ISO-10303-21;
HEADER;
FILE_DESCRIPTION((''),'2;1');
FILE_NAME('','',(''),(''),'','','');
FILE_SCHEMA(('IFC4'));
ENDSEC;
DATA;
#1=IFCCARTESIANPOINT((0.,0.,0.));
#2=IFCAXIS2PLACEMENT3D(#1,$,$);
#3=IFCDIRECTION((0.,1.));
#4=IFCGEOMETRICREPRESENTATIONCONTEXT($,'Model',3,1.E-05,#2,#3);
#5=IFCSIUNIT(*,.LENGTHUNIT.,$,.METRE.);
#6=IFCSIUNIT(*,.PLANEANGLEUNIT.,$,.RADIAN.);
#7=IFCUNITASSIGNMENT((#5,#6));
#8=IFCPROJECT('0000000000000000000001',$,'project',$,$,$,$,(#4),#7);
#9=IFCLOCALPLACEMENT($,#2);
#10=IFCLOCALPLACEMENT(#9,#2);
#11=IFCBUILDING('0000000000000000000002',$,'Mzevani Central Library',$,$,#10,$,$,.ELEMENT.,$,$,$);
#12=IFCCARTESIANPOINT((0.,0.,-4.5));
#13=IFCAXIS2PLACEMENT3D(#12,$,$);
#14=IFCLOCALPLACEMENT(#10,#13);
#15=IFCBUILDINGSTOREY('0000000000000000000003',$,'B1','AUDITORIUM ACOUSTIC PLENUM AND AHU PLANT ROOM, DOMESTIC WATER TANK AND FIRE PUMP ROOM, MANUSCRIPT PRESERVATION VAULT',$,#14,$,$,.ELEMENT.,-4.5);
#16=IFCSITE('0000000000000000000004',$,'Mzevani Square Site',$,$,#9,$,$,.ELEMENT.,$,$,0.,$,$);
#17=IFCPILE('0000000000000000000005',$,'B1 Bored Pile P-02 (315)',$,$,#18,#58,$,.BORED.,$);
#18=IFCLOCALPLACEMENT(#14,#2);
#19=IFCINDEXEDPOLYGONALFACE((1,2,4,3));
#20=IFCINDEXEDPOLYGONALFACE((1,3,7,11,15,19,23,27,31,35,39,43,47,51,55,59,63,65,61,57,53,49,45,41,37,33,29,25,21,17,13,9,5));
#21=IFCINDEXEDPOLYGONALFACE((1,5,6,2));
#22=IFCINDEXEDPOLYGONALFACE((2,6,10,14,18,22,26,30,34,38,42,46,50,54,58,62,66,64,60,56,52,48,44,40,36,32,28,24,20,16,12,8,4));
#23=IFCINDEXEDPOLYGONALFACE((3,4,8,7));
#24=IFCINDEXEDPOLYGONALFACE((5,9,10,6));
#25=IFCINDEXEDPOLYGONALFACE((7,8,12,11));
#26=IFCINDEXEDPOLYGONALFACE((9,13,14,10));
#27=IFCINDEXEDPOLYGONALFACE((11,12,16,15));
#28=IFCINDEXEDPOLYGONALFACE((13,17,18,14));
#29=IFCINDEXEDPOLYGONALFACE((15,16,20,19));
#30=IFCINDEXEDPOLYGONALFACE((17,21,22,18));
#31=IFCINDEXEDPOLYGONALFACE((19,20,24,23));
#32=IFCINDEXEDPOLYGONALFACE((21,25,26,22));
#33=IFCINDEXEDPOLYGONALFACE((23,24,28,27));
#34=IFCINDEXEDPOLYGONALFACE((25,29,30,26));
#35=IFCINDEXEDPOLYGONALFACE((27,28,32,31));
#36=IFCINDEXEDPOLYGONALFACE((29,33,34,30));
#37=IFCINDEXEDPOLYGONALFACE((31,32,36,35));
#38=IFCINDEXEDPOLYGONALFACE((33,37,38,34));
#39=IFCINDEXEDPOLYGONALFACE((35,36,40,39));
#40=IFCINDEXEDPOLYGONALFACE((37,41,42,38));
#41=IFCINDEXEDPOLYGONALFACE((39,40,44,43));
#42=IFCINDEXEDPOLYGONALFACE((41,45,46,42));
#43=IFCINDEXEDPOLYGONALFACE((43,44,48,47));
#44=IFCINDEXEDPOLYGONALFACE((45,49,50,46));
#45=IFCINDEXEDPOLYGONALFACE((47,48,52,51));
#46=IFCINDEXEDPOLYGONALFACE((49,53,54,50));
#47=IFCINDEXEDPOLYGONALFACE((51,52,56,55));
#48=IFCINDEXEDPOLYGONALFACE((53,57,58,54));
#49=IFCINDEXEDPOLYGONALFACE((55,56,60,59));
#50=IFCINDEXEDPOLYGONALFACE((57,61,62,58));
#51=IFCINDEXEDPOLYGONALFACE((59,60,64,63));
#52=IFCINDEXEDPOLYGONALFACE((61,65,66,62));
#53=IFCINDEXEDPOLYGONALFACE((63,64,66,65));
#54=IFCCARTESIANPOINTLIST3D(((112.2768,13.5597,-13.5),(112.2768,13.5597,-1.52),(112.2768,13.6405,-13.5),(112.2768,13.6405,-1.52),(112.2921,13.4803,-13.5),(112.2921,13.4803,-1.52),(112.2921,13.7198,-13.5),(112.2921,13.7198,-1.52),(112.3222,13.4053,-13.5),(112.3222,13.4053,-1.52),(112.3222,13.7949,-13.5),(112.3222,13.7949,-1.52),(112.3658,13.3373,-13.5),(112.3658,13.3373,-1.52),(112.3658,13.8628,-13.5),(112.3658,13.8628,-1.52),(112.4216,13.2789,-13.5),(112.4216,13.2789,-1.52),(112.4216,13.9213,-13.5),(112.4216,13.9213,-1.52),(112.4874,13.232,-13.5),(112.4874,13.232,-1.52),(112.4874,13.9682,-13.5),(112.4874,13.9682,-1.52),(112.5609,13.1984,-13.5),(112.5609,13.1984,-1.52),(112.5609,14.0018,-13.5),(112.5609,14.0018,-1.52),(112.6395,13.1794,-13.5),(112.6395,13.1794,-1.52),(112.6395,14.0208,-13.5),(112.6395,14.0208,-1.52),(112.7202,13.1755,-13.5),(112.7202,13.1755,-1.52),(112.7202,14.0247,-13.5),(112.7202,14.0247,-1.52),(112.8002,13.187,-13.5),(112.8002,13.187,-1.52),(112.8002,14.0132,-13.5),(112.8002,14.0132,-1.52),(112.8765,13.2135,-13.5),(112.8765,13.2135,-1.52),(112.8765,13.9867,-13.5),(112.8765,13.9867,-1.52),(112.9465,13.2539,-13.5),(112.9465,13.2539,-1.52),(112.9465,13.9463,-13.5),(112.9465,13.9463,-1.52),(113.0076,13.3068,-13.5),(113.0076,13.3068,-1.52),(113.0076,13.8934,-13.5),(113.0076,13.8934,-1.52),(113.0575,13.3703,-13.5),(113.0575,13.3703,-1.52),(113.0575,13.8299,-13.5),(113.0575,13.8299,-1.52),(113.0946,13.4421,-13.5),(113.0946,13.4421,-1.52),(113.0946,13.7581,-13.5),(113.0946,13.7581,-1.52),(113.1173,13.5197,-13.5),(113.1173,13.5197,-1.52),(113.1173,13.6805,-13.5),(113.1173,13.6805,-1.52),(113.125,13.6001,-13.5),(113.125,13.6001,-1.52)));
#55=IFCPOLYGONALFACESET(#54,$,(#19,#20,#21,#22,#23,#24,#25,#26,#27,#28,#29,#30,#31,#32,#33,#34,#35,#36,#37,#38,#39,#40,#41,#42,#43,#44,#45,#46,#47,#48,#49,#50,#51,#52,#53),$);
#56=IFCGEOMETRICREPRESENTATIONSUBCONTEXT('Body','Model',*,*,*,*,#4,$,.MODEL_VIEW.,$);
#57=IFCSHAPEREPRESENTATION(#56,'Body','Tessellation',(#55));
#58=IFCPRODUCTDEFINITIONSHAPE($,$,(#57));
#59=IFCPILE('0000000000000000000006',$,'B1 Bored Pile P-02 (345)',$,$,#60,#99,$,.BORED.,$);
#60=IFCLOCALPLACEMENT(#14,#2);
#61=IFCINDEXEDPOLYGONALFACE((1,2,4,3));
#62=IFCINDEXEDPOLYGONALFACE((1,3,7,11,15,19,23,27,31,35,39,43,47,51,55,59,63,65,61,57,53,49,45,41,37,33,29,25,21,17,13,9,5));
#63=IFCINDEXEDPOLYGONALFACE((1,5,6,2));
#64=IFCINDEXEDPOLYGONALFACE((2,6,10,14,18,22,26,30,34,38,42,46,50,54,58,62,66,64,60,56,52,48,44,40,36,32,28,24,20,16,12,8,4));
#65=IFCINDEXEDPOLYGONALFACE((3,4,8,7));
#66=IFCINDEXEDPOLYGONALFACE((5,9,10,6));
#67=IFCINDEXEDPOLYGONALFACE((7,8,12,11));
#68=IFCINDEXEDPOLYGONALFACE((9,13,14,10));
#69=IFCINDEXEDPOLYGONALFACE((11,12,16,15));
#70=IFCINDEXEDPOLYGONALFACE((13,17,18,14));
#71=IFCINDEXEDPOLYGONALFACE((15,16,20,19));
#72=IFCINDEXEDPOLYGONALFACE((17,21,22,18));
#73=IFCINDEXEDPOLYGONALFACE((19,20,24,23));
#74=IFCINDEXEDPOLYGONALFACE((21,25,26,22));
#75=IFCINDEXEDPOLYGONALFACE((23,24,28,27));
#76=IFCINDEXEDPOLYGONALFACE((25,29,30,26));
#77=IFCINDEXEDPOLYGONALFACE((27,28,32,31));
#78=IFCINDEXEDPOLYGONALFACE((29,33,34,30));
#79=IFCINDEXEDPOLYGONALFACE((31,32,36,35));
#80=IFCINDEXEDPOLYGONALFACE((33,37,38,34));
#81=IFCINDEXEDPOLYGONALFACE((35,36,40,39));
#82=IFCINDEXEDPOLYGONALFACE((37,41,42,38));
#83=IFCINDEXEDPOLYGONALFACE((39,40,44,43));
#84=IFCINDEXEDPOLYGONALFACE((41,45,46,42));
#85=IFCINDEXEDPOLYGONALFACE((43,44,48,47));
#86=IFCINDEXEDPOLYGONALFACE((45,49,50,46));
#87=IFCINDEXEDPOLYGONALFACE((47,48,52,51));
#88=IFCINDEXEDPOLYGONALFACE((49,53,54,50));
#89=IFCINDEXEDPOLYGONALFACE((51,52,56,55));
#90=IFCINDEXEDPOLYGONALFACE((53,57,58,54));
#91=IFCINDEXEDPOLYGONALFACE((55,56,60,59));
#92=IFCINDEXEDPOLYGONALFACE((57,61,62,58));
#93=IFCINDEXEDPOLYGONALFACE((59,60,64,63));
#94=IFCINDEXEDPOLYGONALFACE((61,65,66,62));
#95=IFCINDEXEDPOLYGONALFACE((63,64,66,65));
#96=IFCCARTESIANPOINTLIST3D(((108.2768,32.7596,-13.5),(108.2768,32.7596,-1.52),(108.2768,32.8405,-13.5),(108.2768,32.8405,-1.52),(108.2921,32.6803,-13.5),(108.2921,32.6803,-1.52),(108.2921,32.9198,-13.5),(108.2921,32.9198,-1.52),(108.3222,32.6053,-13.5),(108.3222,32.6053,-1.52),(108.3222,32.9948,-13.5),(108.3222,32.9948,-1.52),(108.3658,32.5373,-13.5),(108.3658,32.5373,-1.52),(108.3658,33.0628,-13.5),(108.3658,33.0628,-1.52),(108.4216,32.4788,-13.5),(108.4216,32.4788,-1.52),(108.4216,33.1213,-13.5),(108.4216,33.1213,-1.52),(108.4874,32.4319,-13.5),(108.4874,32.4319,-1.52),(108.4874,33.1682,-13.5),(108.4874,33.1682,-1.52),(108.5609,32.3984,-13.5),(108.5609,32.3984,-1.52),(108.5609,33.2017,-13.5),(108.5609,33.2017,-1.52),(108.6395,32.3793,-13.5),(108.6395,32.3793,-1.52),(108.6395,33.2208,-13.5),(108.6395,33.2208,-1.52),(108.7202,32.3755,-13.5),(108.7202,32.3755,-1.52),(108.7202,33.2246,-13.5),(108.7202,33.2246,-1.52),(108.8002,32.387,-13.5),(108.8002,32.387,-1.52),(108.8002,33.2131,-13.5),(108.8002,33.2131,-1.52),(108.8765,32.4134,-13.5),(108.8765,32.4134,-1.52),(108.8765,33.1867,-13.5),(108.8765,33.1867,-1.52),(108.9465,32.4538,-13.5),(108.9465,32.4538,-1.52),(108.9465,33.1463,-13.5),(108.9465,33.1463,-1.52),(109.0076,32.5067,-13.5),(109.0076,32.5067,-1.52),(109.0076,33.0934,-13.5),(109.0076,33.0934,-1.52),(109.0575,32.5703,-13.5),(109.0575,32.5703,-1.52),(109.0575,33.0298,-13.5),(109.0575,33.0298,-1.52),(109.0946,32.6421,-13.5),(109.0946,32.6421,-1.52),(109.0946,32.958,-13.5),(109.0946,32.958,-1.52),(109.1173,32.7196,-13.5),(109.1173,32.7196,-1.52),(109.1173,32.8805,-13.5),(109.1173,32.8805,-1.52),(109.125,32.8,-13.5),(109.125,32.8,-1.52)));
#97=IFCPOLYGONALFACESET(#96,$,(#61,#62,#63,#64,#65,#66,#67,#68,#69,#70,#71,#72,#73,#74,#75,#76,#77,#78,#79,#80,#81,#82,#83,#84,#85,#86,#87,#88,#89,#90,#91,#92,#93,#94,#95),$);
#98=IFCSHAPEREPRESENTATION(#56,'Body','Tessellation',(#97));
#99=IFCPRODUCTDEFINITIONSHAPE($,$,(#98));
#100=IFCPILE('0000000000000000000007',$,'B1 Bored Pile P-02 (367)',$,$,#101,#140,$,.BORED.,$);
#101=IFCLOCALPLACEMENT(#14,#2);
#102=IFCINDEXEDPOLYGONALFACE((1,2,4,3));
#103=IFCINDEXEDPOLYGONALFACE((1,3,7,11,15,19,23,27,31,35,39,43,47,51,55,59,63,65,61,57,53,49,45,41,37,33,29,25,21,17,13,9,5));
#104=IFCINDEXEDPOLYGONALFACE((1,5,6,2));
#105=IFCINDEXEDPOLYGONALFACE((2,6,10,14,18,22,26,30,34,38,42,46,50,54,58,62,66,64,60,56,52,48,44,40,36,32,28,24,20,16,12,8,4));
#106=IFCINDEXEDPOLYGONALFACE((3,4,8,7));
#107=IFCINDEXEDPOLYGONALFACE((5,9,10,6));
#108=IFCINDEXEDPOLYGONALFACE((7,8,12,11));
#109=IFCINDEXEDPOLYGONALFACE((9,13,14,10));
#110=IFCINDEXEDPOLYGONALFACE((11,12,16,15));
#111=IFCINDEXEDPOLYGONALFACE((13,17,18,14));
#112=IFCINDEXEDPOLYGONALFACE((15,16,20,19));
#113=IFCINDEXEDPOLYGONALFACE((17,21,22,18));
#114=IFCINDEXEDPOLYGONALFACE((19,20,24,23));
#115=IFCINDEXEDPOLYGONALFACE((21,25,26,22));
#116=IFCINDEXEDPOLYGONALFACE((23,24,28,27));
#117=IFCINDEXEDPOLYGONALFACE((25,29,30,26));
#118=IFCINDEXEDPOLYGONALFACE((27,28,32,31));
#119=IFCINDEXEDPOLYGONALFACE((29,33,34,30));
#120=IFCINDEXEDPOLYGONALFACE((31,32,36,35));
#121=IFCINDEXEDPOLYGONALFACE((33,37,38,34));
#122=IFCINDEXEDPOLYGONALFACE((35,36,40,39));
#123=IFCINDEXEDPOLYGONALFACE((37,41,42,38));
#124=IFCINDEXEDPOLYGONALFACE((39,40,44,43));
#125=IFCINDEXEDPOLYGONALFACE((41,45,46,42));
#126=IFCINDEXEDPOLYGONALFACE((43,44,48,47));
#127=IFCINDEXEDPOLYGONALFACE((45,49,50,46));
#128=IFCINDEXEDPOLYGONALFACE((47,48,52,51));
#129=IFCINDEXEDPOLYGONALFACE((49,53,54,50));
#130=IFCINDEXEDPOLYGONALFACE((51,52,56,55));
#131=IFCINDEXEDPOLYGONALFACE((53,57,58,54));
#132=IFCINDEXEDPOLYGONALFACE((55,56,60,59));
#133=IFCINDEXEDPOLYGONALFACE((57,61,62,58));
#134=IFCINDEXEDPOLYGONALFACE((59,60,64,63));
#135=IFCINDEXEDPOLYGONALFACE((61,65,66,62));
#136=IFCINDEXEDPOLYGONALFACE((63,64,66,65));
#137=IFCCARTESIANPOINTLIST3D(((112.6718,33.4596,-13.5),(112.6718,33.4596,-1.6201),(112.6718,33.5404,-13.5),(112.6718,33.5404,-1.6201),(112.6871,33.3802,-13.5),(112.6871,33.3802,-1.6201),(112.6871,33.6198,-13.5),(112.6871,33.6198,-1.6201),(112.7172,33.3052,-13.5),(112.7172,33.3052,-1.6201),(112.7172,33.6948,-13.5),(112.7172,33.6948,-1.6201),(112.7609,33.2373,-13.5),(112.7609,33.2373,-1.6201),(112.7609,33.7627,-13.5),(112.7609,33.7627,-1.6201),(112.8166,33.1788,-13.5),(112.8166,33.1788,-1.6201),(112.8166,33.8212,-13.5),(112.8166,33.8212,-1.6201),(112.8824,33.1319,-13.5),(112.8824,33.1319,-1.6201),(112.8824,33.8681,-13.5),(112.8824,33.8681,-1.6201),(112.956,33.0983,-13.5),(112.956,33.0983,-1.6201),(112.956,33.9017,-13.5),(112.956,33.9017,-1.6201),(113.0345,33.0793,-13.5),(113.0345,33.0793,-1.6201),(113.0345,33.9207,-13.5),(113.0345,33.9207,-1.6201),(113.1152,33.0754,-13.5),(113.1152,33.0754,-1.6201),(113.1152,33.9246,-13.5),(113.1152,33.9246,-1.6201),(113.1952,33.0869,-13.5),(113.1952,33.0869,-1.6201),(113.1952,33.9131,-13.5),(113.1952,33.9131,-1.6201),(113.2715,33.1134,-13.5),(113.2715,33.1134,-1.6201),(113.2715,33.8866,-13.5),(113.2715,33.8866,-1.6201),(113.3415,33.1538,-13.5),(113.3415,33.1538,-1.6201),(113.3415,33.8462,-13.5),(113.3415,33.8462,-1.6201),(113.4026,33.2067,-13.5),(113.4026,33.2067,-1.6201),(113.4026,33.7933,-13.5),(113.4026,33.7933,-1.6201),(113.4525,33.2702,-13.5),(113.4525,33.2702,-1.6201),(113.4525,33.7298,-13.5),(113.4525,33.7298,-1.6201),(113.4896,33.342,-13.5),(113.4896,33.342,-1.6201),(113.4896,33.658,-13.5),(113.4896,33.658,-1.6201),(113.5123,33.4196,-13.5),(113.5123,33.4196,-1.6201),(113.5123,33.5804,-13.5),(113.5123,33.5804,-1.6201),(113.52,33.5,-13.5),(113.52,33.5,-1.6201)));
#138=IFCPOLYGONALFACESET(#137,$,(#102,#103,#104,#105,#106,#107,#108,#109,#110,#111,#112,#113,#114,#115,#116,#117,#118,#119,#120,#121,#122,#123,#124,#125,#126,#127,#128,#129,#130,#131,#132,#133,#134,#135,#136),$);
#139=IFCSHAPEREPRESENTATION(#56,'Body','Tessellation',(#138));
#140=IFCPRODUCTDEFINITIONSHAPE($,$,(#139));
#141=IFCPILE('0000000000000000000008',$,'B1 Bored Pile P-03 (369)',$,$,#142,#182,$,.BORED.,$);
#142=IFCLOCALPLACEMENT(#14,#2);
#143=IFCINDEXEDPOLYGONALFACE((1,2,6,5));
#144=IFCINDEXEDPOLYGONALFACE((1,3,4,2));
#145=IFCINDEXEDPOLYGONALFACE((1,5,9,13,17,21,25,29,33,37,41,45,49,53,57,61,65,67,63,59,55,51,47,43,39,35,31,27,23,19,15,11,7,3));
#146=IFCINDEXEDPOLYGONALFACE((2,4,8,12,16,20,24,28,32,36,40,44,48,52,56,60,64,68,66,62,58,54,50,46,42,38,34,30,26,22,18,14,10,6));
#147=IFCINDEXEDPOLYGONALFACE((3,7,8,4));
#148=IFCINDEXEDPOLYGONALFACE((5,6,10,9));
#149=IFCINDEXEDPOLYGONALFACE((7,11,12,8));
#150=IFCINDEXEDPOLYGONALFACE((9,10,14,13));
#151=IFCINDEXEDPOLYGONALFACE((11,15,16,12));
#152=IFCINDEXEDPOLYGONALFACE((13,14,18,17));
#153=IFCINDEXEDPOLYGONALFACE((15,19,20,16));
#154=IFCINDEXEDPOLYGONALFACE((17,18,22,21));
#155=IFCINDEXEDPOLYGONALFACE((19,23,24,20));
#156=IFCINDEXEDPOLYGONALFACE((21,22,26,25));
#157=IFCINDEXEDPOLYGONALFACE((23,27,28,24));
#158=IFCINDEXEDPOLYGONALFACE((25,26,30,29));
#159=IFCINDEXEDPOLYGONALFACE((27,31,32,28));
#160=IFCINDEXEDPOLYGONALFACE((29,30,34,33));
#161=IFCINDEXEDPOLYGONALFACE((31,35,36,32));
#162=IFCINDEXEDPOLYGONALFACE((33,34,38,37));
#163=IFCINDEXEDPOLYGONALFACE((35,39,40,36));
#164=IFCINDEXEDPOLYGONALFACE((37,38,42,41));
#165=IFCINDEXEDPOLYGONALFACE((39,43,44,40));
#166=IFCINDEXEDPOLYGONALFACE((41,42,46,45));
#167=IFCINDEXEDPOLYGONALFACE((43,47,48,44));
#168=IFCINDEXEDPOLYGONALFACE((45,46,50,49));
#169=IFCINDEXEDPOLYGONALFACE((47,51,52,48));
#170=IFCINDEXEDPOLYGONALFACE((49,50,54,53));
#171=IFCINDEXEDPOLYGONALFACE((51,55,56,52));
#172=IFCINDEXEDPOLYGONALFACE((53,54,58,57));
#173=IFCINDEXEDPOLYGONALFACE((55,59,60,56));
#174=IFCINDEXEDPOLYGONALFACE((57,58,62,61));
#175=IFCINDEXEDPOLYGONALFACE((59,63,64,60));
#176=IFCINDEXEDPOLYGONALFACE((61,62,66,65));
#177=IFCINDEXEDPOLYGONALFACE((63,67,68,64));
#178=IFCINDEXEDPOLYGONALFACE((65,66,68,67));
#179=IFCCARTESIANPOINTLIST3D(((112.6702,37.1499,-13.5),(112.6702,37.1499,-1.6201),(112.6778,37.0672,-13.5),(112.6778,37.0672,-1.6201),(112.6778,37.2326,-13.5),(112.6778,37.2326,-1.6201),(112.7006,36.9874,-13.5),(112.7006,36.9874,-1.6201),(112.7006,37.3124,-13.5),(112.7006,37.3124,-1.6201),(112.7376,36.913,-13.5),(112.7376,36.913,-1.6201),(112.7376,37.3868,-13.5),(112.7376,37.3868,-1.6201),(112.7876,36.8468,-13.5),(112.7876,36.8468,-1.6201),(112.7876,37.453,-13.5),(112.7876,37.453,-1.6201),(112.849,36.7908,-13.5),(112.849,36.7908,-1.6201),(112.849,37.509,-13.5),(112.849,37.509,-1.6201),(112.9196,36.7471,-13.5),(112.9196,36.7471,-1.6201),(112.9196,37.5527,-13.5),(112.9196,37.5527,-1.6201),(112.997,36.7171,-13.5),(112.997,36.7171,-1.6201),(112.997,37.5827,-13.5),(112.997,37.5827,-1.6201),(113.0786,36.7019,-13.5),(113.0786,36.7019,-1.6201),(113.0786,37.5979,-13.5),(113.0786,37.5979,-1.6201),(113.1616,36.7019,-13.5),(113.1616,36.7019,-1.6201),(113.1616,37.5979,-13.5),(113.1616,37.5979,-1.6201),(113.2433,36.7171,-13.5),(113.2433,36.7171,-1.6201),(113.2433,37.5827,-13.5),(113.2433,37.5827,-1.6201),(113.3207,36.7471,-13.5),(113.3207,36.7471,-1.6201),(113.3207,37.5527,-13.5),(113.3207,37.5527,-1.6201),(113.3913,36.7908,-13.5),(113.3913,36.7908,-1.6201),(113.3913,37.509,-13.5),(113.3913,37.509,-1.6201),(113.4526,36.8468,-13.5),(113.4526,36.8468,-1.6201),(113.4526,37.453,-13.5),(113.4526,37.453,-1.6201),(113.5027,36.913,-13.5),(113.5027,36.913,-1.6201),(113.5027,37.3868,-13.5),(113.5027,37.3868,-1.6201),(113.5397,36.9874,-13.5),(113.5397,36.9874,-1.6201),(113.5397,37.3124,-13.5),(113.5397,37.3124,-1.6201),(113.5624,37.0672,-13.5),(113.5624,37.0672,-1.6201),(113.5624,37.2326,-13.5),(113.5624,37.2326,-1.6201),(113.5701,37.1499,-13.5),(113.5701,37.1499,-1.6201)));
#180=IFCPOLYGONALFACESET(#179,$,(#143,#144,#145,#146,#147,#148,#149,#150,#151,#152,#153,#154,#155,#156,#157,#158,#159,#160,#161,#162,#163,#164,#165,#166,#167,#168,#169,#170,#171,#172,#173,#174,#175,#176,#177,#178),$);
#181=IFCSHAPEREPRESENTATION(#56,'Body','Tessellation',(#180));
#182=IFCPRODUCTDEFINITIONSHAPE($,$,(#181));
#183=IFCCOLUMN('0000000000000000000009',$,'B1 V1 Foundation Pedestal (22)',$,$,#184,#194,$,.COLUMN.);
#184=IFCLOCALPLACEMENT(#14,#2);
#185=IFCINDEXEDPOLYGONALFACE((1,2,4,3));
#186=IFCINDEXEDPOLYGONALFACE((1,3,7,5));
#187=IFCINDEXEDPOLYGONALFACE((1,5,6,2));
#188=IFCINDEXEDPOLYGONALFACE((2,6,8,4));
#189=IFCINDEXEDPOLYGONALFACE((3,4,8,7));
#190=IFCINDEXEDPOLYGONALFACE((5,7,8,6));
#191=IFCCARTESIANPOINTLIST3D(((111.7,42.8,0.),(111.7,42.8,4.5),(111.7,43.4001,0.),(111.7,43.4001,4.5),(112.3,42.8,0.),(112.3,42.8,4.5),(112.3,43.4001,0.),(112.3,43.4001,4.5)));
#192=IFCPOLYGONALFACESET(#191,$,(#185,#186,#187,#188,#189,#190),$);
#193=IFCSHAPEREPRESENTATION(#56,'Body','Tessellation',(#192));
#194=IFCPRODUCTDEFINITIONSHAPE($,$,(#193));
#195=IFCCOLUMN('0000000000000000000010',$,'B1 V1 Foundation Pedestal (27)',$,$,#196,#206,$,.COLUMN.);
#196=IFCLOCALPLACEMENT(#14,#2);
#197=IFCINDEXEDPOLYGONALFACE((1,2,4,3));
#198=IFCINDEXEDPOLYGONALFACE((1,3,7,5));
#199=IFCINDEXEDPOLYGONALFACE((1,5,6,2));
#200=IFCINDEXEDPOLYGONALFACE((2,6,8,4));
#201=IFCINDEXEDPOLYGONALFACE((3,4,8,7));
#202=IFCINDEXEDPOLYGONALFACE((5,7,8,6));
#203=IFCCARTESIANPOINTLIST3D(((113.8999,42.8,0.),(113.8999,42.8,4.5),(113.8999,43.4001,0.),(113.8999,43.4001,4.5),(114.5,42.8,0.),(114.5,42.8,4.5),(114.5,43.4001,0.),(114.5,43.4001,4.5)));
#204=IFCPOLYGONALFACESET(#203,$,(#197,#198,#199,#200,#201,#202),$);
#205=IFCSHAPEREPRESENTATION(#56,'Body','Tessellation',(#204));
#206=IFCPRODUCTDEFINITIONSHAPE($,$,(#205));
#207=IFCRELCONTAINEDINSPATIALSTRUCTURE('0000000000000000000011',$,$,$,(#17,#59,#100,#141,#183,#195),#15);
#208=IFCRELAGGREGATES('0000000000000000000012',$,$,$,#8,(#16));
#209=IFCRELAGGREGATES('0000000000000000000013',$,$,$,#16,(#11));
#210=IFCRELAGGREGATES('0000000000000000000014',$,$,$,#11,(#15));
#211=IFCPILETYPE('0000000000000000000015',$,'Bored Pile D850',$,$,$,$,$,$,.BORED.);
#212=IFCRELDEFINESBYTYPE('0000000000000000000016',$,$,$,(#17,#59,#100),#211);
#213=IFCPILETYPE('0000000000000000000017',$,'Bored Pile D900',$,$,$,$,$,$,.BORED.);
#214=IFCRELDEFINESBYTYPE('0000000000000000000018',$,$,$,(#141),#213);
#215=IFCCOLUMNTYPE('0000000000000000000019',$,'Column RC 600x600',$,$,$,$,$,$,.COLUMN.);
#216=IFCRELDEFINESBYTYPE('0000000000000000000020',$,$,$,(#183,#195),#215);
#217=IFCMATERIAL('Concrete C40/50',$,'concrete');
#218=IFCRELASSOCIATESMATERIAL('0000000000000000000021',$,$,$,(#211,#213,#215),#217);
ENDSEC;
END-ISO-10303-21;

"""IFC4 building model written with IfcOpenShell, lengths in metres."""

from ifc_helpers import new_model, si_unit, direction, frame, origin, origin_2d, place, context, subcontext, project, spatial, rectangle, circle, extrude, material, material_profile, profile_set, type_object, element, save


model = new_model("IFC4")

# Units and contexts
model_context = context("Model", 3, precision=1e-05, world=origin(), true_north=direction((0.0, 1.0)))
body_context = subcontext(model_context, "Body", "Model", "MODEL_VIEW")
ifc_project = project(units=[si_unit("LENGTHUNIT", "METRE"), si_unit("PLANEANGLEUNIT", "RADIAN")], contexts=[model_context])

# Site, building, storey
site_placement = place(None, origin())
site = spatial("IfcSite", under=ifc_project, at=site_placement, Name="Mzevani Square Site", CompositionType="ELEMENT", RefElevation=0.0)
building_placement = place(site_placement, origin())
building = spatial("IfcBuilding", under=site, at=building_placement, Name="Mzevani Central Library", CompositionType="ELEMENT")
storey_placement = place(building_placement, frame((0.0, 0.0, -4.5)))
storey = spatial("IfcBuildingStorey", under=building, at=storey_placement, Name="B1", Description="AUDITORIUM ACOUSTIC PLENUM AND AHU PLANT ROOM, DOMESTIC WATER TANK AND FIRE PUMP ROOM, MANUSCRIPT PRESERVATION VAULT", CompositionType="ELEMENT", Elevation=-4.5)

# Piles
ifc_material_1 = material(Name="Concrete C40/50", Category="concrete")
ifc_material_profile_1 = material_profile(ifc_material_1, circle(Radius=0.425, at=origin_2d()), Name="PILE D850")
ifc_profile_set_1 = profile_set([ifc_material_profile_1], Name="Concrete C40/50")
pile_type_1 = type_object("IfcPileType", Name="Bored Pile D850", PredefinedType="BORED", material=ifc_profile_set_1)
for number, where, z_axis, x_axis, name in (
    (1, (112.7, 13.6001, -1.52), (0.0, 0.0, -1.0), (1.0, 0.0, 0.0), "B1 Bored Pile P-02 (315)"),
    (2, (108.7, 32.8, -1.52), (0.0, 0.0, -1.0), (1.0, 0.0, 0.0), "B1 Bored Pile P-02 (345)"),
):
    element("IfcPile", number, at=place(storey_placement, frame(where, z_axis=z_axis, x_axis=x_axis)), inside=storey, type_object=pile_type_1, Name=name, PredefinedType="BORED", context=body_context, shape_type="SweptSolid", body=[
        extrude(circle(Radius=0.425, at=origin_2d()), origin(), (0.0, 0.0, 1.0), 11.98),
    ])
pile_1_placement = place(storey_placement, frame((113.095, 33.5, -1.6201), z_axis=(0.0, 0.0, -1.0), x_axis=(1.0, 0.0, 0.0)))
element("IfcPile", 3, at=pile_1_placement, inside=storey, type_object=pile_type_1, Name="B1 Bored Pile P-02 (367)", PredefinedType="BORED", context=body_context, shape_type="SweptSolid", body=[
    extrude(circle(Radius=0.425, at=origin_2d()), origin(), (0.0, 0.0, 1.0), 11.8799),
])
ifc_material_profile_2 = material_profile(ifc_material_1, circle(Radius=0.45, at=origin_2d()), Name="PILE D900")
ifc_profile_set_2 = profile_set([ifc_material_profile_2], Name="Concrete C40/50")
pile_type_2 = type_object("IfcPileType", Name="Bored Pile D900", PredefinedType="BORED", material=ifc_profile_set_2)
pile_2_placement = place(storey_placement, frame((113.1201, 37.1499, -1.6201), z_axis=(0.0, 0.0, -1.0), x_axis=(1.0, 0.0, 0.0)))
element("IfcPile", 4, at=pile_2_placement, inside=storey, type_object=pile_type_2, Name="B1 Bored Pile P-03 (369)", PredefinedType="BORED", context=body_context, shape_type="SweptSolid", body=[
    extrude(circle(Radius=0.45, at=origin_2d()), origin(), (0.0, 0.0, 1.0), 11.8799),
])

# Columns
ifc_material_profile_3 = material_profile(ifc_material_1, rectangle(XDim=0.6001, YDim=0.6001, at=origin_2d()), Name="RC 600x600")
ifc_profile_set_3 = profile_set([ifc_material_profile_3], Name="Concrete C40/50")
column_type = type_object("IfcColumnType", Name="Column RC 600x600", PredefinedType="COLUMN", material=ifc_profile_set_3)
for number, where, z_axis, x_axis, name in (
    (5, (112.0, 43.1001, 0.0), (0.0, 0.0, 1.0), (1.0, 0.0, 0.0), "B1 V1 Foundation Pedestal (22)"),
    (6, (114.2, 43.1001, 0.0), (0.0, 0.0, 1.0), (1.0, 0.0, 0.0), "B1 V1 Foundation Pedestal (27)"),
):
    element("IfcColumn", number, at=place(storey_placement, frame(where, z_axis=z_axis, x_axis=x_axis)), inside=storey, type_object=column_type, Name=name, PredefinedType="COLUMN", context=body_context, shape_type="SweptSolid", body=[
        extrude(rectangle(XDim=0.6001, YDim=0.6001, at=origin_2d()), origin(), (0.0, 0.0, 1.0), 4.5),
    ])

save(model, "model.ifc")
